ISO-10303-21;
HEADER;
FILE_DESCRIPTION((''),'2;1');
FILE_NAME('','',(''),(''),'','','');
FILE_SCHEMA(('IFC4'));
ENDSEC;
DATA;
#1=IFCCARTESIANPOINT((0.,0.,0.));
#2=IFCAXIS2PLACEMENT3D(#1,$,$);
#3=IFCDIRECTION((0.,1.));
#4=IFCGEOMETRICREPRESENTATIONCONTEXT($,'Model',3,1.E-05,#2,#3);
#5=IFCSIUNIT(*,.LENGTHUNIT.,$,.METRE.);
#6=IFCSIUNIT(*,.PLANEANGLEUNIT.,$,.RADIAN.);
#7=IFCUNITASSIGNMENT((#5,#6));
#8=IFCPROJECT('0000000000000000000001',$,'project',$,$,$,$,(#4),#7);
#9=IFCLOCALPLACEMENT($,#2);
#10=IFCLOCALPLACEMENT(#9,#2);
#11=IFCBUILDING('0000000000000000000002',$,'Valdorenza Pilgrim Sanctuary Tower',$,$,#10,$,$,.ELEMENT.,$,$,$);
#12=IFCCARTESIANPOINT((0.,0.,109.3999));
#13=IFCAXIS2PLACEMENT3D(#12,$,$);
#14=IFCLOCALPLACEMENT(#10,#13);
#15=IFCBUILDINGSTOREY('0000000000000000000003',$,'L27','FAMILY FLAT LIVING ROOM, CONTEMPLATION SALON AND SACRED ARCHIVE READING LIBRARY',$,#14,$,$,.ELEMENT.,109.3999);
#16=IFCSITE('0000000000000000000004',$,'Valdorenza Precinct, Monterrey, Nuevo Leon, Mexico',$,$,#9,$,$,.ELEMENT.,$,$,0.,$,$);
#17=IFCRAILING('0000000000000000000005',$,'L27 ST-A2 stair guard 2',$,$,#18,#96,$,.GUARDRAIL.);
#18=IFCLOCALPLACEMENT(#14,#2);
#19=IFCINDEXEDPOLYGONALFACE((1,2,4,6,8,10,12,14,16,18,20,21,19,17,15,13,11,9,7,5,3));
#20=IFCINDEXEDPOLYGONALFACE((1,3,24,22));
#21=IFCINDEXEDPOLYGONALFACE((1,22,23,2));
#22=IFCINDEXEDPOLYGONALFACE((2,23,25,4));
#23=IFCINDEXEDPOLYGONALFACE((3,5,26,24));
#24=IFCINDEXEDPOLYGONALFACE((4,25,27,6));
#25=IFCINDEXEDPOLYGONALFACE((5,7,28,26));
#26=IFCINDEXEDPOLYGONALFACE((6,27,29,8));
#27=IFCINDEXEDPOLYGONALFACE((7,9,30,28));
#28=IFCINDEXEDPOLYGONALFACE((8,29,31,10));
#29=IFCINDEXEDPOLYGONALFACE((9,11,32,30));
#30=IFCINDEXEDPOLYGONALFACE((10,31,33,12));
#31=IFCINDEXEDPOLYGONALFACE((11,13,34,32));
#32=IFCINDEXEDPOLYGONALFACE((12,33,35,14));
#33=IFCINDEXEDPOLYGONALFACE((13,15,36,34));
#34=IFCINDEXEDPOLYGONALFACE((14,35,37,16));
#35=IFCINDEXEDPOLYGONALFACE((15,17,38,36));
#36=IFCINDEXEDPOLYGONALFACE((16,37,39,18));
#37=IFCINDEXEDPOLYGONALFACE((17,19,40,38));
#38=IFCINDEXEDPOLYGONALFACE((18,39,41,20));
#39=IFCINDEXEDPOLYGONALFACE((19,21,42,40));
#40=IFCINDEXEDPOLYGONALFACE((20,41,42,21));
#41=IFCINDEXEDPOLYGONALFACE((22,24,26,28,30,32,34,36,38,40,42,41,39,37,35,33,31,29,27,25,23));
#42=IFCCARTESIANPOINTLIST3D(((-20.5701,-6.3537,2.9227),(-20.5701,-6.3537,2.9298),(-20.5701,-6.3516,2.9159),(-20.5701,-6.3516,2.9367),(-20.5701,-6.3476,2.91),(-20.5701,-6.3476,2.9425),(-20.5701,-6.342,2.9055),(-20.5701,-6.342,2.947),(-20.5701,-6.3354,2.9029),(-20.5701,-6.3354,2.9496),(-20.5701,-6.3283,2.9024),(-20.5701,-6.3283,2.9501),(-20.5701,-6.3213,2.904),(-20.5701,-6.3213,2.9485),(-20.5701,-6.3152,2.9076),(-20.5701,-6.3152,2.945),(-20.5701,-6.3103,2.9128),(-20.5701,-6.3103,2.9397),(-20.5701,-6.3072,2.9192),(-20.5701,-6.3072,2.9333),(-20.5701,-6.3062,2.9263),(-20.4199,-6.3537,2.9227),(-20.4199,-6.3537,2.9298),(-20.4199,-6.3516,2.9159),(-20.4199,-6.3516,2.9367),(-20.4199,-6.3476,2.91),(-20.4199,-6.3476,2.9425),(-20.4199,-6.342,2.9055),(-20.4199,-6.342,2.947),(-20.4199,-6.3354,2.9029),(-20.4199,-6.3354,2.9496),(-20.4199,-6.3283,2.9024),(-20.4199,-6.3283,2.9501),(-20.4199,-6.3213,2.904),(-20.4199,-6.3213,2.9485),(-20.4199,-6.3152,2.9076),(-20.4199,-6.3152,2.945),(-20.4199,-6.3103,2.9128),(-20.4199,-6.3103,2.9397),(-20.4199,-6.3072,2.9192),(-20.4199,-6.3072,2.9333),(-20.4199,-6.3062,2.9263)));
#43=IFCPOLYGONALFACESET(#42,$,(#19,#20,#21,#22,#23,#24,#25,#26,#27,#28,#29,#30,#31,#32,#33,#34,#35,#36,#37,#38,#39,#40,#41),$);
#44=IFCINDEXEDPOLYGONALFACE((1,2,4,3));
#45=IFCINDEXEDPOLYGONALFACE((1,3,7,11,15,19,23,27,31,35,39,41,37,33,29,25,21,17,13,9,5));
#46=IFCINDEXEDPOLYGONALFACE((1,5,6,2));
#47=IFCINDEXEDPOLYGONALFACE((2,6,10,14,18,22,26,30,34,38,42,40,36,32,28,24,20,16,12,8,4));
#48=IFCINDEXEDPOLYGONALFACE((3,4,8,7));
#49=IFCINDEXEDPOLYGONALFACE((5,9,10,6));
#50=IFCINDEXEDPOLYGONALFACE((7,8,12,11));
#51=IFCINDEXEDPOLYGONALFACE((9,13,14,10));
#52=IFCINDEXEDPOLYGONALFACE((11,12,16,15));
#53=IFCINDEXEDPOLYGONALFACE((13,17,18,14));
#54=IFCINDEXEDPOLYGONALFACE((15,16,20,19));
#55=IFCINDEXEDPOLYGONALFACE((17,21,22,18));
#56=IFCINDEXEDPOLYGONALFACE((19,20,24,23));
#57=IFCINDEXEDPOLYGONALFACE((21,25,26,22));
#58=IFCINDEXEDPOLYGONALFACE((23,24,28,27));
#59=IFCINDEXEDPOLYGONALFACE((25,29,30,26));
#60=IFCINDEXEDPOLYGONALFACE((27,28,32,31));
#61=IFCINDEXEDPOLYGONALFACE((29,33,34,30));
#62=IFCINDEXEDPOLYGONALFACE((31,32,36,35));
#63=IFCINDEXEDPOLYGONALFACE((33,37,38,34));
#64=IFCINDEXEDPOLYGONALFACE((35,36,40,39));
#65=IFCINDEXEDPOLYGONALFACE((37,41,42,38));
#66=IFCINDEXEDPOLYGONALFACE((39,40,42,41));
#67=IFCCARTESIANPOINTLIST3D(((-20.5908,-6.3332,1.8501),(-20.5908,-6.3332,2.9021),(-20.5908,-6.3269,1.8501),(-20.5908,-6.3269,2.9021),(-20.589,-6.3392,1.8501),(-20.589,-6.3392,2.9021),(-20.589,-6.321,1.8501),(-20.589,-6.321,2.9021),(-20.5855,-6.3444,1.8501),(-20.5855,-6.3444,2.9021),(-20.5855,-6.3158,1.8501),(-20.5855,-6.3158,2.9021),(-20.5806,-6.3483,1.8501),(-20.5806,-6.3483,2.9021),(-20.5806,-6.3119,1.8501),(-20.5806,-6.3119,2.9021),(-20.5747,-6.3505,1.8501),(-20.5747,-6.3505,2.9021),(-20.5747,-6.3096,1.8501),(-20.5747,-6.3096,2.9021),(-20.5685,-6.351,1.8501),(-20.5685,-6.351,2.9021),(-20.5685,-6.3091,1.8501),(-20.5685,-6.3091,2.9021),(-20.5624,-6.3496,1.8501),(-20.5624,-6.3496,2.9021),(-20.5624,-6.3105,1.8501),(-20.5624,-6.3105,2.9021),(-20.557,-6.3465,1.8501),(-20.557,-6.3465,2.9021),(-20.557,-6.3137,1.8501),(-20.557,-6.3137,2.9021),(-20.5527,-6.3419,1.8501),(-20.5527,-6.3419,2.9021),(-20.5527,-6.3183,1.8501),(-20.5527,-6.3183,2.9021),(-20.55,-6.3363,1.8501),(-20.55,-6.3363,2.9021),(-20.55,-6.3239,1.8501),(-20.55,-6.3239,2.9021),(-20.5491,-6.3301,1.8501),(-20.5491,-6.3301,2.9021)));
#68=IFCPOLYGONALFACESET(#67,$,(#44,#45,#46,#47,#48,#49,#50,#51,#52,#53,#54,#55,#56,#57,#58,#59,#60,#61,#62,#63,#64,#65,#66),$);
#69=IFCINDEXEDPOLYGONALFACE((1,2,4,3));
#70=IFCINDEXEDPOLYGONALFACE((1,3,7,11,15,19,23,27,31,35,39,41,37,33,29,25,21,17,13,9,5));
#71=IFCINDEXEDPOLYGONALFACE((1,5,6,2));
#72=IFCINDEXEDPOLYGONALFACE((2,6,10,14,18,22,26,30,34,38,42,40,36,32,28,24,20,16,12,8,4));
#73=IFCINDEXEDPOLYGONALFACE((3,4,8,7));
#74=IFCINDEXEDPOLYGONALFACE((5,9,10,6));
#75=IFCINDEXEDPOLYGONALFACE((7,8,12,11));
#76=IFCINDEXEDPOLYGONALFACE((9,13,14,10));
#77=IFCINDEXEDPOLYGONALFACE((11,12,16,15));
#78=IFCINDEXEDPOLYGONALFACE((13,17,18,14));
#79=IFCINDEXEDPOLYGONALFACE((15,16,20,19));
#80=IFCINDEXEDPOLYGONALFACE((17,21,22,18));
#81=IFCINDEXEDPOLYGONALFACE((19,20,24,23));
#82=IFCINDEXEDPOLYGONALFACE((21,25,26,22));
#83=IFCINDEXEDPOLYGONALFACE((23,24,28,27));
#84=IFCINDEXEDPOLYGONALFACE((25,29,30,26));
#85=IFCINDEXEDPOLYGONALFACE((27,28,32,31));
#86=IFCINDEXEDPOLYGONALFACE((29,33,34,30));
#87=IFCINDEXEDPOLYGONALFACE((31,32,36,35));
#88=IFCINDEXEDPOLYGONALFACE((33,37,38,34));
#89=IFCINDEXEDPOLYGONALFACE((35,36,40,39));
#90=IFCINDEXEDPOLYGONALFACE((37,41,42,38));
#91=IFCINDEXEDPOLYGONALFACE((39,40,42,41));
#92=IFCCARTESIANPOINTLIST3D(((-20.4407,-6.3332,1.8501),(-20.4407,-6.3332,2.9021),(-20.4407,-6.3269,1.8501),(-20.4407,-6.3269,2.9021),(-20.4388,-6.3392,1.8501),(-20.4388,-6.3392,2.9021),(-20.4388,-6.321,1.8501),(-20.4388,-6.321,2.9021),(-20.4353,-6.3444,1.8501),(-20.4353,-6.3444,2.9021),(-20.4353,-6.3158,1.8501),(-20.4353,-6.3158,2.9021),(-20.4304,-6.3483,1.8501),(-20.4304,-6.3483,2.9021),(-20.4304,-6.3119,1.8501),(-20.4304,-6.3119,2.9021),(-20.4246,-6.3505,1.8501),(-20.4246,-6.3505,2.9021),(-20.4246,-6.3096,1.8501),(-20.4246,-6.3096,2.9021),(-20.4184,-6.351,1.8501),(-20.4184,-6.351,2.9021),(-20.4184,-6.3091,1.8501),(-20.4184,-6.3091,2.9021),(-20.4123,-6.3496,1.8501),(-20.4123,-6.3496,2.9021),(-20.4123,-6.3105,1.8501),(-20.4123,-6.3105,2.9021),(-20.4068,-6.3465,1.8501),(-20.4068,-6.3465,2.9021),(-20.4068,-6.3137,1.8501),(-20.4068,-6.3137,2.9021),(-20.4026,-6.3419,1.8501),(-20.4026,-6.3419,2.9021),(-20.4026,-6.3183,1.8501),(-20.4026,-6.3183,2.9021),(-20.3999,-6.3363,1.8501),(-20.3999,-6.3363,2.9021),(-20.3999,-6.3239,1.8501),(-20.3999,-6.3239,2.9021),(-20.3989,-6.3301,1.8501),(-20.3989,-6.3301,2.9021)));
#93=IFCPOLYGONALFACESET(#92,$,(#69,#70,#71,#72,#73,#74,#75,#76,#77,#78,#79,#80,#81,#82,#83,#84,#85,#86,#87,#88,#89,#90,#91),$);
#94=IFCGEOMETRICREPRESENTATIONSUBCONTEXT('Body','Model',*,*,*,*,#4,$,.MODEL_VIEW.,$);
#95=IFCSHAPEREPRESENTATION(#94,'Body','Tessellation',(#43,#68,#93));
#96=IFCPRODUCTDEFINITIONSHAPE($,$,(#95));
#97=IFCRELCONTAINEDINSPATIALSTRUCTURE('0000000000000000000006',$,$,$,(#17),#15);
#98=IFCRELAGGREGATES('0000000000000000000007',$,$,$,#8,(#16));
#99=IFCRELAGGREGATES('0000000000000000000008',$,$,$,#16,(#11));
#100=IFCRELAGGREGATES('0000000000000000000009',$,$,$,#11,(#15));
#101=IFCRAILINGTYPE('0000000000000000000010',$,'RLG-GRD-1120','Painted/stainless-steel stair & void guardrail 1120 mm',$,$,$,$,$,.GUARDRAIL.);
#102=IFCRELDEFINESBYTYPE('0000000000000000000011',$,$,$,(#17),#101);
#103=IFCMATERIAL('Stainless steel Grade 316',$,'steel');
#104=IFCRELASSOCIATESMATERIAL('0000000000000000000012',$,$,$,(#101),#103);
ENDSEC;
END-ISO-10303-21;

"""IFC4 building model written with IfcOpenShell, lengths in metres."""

from ifc_helpers import new_model, si_unit, direction, frame, origin, origin_2d, place, context, subcontext, project, spatial, circle, extrude, material, type_object, element, save


model = new_model("IFC4")

# Units and contexts
model_context = context("Model", 3, precision=1e-05, world=origin(), true_north=direction((0.0, 1.0)))
body_context = subcontext(model_context, "Body", "Model", "MODEL_VIEW")
ifc_project = project(units=[si_unit("LENGTHUNIT", "METRE"), si_unit("PLANEANGLEUNIT", "RADIAN")], contexts=[model_context])

# Site, building, storey
site_placement = place(None, origin())
site = spatial("IfcSite", under=ifc_project, at=site_placement, Name="Valdorenza Precinct, Monterrey, Nuevo Leon, Mexico", CompositionType="ELEMENT", RefElevation=0.0)
building_placement = place(site_placement, origin())
building = spatial("IfcBuilding", under=site, at=building_placement, Name="Valdorenza Pilgrim Sanctuary Tower", CompositionType="ELEMENT")
storey_placement = place(building_placement, frame((0.0, 0.0, 109.3999)))
storey = spatial("IfcBuildingStorey", under=building, at=storey_placement, Name="L27", Description="FAMILY FLAT LIVING ROOM, CONTEMPLATION SALON AND SACRED ARCHIVE READING LIBRARY", CompositionType="ELEMENT", Elevation=109.3999)

# Railing
ifc_material_1 = material(Name="Stainless steel Grade 316", Category="steel")
railing_type_1 = type_object("IfcRailingType", Name="RLG-GRD-1120", Description="Painted/stainless-steel stair & void guardrail 1120 mm", PredefinedType="GUARDRAIL", material=ifc_material_1)
railing_1_placement = place(storey_placement, frame((-20.5701, -6.3301, 1.8501)))
element("IfcRailing", 1, at=railing_1_placement, inside=storey, type_object=railing_type_1, Name="L27 ST-A2 stair guard 2", PredefinedType="GUARDRAIL", context=body_context, shape_type="SweptSolid", body=[
    extrude(circle(Radius=0.0239, at=origin_2d()), frame((0.0, 0.0, 1.0762), z_axis=(1.0, 0.0, 0.0), x_axis=(0.0, 1.0, 0.0)), (0.0, 0.0, 1.0), 0.1501),
    extrude(circle(Radius=0.021, at=origin_2d()), origin(), (0.0, 0.0, 1.0), 1.052),
    extrude(circle(Radius=0.021, at=origin_2d()), frame((0.1501, 0.0, 0.0)), (0.0, 0.0, 1.0), 1.052),
])

save(model, "model.ifc")
